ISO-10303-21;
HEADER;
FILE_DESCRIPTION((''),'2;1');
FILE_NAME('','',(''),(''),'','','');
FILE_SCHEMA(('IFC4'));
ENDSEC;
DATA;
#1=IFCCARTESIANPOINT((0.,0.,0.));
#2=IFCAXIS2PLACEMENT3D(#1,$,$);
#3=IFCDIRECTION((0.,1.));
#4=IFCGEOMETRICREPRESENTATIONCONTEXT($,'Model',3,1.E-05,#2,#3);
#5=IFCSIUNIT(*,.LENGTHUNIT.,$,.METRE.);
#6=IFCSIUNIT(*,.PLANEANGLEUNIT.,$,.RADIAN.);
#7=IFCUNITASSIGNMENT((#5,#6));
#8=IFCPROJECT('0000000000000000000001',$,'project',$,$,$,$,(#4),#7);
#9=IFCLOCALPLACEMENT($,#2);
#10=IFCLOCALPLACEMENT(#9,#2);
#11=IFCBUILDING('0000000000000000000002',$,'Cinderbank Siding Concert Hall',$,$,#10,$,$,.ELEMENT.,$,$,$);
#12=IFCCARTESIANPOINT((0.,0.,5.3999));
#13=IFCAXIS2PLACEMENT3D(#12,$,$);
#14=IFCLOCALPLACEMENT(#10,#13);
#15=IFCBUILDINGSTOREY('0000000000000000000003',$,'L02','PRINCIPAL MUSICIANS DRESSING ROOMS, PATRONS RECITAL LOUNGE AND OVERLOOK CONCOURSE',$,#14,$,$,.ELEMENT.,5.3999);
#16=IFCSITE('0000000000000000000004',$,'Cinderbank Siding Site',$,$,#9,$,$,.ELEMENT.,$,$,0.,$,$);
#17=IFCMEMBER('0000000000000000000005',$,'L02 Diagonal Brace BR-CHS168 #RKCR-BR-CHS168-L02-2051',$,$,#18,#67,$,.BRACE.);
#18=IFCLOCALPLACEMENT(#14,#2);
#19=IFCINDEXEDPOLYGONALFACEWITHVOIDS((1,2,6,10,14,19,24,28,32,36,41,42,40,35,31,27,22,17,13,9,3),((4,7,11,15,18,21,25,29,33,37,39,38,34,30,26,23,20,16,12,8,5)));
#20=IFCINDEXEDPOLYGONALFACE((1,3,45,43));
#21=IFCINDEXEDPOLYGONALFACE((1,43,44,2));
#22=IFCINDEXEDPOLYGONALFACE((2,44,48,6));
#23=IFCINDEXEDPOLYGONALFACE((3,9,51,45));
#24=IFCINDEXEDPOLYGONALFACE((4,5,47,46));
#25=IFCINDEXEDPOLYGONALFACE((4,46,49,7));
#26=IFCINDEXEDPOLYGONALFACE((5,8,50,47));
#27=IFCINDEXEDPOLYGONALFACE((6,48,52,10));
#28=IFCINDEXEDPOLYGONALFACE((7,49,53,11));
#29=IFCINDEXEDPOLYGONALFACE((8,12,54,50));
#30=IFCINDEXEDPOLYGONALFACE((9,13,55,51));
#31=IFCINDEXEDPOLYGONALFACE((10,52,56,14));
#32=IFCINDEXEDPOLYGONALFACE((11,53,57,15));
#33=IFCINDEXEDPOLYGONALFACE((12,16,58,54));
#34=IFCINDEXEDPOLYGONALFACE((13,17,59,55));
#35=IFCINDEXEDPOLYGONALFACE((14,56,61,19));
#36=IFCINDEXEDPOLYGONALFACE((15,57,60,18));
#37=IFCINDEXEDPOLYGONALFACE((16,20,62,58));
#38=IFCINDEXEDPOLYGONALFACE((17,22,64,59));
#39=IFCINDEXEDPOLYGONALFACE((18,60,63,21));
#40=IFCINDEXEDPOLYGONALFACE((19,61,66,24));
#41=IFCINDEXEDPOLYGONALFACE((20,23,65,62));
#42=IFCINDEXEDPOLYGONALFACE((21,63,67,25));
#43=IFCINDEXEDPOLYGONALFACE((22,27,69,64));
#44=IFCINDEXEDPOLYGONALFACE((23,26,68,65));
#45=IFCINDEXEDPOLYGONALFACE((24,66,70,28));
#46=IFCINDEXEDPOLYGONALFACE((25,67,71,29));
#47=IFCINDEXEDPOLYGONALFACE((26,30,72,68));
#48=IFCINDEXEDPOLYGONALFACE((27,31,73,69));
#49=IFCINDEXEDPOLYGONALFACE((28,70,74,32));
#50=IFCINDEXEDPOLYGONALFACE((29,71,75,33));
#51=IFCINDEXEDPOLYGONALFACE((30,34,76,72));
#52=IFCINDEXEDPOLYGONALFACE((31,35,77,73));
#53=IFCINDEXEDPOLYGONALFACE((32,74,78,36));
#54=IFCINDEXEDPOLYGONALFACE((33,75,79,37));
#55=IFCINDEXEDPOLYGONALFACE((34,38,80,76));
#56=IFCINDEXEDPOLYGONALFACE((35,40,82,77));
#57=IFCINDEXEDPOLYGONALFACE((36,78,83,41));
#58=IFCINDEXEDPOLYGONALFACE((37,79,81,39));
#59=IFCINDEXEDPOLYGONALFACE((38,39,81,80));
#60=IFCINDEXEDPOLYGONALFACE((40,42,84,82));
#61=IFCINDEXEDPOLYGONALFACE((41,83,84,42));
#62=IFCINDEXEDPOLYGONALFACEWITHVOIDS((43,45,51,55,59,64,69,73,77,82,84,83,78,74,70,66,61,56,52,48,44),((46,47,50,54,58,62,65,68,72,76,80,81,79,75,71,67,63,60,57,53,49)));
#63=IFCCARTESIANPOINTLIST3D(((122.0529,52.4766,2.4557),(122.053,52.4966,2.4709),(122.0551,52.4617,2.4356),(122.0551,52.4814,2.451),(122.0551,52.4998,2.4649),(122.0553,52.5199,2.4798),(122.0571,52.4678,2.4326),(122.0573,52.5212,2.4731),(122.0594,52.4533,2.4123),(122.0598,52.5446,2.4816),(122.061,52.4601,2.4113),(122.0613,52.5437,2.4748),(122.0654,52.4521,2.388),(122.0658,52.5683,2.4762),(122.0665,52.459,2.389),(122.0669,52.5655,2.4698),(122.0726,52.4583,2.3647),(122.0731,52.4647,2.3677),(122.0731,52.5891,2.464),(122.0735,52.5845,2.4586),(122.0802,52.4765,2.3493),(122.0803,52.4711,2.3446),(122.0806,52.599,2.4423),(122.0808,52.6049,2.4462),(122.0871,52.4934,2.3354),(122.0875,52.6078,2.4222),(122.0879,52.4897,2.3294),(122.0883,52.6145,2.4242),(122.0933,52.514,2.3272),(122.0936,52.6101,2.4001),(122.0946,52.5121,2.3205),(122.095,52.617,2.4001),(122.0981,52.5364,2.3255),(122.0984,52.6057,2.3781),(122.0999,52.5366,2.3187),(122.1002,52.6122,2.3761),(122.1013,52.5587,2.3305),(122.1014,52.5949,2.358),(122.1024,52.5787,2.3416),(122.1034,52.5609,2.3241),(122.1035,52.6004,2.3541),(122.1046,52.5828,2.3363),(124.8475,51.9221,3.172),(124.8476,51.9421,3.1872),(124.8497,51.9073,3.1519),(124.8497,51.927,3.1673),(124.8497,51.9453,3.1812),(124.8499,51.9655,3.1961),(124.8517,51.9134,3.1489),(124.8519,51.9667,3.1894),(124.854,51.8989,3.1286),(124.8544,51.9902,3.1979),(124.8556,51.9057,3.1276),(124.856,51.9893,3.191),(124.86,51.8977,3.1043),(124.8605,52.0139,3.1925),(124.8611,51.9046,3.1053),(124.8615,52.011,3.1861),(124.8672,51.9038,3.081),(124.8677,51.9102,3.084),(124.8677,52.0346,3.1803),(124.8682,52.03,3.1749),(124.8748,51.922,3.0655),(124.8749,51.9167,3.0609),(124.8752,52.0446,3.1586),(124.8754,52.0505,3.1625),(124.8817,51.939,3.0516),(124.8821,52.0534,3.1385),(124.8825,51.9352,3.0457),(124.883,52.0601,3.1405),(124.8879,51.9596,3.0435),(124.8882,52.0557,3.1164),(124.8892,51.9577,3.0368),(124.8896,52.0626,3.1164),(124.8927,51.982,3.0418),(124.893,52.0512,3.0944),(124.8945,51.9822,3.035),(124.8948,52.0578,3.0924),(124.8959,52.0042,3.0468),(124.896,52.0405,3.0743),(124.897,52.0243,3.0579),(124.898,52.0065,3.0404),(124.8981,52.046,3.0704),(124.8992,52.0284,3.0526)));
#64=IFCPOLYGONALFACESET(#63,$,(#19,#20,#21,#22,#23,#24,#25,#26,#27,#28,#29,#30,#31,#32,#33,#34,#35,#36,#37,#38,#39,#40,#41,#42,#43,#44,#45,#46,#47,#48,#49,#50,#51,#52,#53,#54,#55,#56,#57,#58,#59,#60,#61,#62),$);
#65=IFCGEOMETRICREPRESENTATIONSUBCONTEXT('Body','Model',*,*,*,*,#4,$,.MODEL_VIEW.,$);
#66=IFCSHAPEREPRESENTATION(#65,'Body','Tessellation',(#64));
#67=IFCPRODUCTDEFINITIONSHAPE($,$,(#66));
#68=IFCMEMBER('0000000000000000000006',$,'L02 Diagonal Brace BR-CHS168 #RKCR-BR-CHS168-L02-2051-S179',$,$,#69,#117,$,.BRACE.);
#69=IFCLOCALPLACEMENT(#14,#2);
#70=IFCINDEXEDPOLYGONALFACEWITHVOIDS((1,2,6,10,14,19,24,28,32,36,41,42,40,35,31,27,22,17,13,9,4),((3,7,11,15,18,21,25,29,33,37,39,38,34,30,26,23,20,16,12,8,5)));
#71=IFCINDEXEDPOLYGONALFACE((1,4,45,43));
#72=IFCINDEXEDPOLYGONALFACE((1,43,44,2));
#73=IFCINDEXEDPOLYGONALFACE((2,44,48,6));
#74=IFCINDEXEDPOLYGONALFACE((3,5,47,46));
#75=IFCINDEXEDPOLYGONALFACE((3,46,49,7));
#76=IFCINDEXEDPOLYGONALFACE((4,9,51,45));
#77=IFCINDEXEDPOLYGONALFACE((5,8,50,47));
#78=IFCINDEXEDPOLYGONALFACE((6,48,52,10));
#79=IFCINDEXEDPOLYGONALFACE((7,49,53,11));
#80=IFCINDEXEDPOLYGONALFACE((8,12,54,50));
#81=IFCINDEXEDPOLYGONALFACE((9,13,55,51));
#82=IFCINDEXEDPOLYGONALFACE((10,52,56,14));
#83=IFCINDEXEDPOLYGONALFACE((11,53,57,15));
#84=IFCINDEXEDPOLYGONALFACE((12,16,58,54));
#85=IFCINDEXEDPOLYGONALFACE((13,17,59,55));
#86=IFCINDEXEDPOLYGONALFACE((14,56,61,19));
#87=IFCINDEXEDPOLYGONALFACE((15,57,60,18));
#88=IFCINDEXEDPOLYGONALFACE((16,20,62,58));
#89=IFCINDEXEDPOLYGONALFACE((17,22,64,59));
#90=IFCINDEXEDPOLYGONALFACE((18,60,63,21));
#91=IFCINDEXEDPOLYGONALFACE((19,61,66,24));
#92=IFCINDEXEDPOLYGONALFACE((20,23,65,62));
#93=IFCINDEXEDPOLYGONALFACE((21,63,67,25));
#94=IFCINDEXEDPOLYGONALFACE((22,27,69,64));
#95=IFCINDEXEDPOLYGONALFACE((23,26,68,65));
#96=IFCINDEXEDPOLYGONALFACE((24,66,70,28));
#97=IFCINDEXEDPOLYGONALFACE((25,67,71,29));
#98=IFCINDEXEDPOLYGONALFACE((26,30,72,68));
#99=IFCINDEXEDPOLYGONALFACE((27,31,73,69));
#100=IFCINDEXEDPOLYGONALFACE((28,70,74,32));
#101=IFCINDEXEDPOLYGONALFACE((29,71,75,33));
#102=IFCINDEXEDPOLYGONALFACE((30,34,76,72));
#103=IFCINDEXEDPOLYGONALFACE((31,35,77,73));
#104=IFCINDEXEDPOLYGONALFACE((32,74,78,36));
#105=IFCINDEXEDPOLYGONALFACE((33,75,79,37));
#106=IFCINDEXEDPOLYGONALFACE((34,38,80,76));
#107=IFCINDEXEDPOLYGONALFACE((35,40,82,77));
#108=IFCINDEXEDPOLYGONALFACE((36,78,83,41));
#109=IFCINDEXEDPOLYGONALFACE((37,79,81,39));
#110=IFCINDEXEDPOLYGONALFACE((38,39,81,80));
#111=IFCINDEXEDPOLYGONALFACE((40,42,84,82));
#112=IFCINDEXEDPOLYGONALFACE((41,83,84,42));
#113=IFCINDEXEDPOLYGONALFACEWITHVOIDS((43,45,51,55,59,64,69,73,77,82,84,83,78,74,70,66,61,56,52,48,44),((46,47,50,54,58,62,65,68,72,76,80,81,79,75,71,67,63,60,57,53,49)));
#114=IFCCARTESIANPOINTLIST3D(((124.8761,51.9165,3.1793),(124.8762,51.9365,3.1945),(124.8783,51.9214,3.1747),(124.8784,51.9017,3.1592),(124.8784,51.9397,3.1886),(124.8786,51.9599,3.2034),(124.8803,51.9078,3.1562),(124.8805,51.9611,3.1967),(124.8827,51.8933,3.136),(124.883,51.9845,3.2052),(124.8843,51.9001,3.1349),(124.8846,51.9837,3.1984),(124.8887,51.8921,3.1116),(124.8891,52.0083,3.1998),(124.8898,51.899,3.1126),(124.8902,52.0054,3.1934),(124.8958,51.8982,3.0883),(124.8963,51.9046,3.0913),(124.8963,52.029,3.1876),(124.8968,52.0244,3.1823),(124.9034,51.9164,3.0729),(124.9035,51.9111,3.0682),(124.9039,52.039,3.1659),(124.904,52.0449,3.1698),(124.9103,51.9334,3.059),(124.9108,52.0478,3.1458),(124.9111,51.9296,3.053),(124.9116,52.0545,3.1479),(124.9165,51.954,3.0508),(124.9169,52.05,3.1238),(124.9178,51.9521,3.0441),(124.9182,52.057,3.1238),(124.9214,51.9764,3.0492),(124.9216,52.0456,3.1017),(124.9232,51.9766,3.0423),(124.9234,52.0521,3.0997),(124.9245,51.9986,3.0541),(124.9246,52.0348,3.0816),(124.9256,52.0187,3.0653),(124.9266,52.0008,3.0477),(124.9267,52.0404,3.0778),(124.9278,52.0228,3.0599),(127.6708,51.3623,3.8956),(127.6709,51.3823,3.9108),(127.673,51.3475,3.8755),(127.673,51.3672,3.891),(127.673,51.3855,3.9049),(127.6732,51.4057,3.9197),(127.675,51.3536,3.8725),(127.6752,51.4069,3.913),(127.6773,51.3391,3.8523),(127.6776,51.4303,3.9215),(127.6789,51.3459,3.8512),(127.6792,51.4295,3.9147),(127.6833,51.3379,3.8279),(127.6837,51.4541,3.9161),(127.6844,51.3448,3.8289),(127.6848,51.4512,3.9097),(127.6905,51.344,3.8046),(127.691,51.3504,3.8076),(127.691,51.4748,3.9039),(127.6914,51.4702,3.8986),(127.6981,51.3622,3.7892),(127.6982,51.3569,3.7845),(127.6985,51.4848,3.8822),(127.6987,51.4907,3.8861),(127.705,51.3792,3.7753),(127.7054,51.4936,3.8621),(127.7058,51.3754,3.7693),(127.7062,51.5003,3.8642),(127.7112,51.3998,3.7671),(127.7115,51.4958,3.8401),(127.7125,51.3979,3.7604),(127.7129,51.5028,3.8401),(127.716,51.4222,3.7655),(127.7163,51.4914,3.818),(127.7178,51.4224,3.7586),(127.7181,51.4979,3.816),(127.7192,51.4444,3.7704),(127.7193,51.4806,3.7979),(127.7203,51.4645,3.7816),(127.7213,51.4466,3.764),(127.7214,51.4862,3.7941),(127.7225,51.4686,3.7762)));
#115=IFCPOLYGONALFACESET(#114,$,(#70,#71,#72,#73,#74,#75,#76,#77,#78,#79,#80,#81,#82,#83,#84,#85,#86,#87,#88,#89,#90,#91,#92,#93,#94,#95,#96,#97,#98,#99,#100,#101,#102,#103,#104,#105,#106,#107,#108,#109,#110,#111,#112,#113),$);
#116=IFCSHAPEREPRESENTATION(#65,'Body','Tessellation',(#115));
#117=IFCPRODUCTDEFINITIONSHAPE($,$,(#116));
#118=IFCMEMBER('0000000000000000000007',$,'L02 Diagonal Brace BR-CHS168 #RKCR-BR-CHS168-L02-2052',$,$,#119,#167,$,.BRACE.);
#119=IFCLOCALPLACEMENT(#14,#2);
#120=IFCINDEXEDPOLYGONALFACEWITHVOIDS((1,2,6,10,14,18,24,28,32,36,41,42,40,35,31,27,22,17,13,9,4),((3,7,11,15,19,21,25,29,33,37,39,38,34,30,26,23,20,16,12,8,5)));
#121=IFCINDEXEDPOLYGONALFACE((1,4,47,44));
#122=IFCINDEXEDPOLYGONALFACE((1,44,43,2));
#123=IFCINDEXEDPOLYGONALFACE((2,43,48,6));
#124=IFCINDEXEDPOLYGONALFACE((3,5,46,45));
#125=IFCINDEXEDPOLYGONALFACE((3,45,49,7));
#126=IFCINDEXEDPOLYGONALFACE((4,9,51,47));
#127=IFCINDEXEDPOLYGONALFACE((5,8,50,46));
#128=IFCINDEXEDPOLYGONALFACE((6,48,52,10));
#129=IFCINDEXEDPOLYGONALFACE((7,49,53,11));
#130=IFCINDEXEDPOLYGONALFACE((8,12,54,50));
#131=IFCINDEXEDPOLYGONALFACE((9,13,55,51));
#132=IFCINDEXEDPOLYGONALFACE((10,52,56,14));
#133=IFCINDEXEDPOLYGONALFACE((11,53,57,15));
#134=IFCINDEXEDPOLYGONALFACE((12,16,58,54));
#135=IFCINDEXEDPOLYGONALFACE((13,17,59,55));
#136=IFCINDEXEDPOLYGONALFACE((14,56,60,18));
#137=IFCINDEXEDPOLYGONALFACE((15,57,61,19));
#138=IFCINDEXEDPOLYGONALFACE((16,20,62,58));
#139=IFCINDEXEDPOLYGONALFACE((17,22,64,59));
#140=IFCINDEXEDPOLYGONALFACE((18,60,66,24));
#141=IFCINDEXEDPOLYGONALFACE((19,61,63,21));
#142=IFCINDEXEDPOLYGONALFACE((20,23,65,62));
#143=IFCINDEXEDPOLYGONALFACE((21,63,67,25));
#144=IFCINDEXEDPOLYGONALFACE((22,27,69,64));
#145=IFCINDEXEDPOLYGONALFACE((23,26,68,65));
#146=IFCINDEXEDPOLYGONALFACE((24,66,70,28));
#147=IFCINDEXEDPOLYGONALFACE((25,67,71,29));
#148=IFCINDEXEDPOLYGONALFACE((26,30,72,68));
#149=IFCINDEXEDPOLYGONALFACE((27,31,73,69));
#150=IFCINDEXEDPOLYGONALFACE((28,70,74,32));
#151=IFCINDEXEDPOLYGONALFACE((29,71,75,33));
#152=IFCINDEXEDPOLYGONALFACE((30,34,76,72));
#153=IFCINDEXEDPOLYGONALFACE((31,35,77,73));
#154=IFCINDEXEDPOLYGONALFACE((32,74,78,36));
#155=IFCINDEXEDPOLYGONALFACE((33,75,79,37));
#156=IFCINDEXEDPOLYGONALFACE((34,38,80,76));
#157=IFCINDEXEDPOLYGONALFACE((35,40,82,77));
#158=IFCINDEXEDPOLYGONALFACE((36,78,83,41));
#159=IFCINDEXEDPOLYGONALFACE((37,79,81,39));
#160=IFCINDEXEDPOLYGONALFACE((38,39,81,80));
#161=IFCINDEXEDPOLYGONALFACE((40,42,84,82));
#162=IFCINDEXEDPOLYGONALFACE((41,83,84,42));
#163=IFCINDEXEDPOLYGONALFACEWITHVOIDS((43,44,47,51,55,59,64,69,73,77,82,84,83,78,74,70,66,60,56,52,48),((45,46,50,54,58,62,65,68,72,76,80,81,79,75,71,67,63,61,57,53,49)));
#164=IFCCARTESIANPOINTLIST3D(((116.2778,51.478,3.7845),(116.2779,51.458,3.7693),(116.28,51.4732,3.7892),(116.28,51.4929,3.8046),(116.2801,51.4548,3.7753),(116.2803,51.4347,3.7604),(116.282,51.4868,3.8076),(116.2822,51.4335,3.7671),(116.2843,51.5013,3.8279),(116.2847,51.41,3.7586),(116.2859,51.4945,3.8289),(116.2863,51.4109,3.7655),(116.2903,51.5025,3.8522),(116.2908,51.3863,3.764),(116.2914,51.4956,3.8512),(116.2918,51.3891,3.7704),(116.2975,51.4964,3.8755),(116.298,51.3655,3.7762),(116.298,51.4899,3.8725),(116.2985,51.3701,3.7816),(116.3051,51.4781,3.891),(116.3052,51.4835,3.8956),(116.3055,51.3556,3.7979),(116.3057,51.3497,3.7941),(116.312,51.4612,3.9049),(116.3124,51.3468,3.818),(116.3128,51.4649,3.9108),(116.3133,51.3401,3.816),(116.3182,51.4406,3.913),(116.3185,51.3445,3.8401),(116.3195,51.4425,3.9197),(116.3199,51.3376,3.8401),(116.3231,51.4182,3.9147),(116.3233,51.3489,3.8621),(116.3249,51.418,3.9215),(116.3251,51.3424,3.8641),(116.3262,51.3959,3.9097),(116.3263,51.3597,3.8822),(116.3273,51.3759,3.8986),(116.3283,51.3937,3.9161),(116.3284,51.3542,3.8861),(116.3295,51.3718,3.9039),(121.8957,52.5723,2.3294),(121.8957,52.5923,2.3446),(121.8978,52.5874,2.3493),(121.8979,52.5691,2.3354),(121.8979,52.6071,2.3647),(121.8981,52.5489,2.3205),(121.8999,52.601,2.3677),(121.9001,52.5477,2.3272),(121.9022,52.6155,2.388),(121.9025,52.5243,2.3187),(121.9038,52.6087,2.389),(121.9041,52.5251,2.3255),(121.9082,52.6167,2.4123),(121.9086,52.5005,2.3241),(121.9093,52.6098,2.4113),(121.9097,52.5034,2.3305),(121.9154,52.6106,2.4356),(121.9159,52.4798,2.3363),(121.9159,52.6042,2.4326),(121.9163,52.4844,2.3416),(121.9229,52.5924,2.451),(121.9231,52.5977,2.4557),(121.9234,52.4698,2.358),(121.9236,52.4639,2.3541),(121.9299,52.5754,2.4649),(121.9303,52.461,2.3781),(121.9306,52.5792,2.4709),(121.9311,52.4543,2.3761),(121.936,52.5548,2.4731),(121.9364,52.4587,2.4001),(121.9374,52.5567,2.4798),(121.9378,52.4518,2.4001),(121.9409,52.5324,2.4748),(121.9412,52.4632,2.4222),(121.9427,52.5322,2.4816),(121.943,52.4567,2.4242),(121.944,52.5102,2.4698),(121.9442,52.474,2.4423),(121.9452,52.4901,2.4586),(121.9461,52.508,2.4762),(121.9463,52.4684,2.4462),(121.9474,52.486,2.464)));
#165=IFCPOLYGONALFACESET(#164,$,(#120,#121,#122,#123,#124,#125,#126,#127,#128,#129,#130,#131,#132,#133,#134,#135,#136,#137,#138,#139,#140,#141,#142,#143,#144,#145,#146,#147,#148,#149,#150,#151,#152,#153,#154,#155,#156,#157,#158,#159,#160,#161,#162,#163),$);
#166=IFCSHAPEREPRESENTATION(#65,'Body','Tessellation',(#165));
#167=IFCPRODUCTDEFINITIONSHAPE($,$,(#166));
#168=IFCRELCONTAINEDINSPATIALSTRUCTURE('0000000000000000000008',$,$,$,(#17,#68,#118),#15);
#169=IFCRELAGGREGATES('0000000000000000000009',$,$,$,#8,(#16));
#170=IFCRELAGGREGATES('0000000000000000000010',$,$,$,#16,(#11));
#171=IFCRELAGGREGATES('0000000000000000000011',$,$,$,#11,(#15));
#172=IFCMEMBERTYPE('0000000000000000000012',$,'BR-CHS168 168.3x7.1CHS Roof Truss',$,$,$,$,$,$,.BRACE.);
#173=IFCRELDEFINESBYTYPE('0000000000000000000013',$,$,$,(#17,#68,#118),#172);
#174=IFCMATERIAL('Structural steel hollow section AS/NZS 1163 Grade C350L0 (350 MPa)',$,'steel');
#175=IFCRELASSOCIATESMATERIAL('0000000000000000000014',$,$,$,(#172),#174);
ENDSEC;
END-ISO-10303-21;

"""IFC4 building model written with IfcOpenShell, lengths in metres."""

from ifc_helpers import new_model, si_unit, direction, frame, origin, origin_2d, place, context, subcontext, project, spatial, hollow_circle, extrude, material, material_profile, profile_set, type_object, element, save


model = new_model("IFC4")

# Units and contexts
model_context = context("Model", 3, precision=1e-05, world=origin(), true_north=direction((0.0, 1.0)))
body_context = subcontext(model_context, "Body", "Model", "MODEL_VIEW")
ifc_project = project(units=[si_unit("LENGTHUNIT", "METRE"), si_unit("PLANEANGLEUNIT", "RADIAN")], contexts=[model_context])

# Site, building, storey
site_placement = place(None, origin())
site = spatial("IfcSite", under=ifc_project, at=site_placement, Name="Cinderbank Siding Site", CompositionType="ELEMENT", RefElevation=0.0)
building_placement = place(site_placement, origin())
building = spatial("IfcBuilding", under=site, at=building_placement, Name="Cinderbank Siding Concert Hall", CompositionType="ELEMENT")
storey_placement = place(building_placement, frame((0.0, 0.0, 5.3999)))
storey = spatial("IfcBuildingStorey", under=building, at=storey_placement, Name="L02", Description="PRINCIPAL MUSICIANS DRESSING ROOMS, PATRONS RECITAL LOUNGE AND OVERLOOK CONCOURSE", CompositionType="ELEMENT", Elevation=5.3999)

# Shared definitions
ifc_material_1 = material(Name="Structural steel hollow section AS/NZS 1163 Grade C350L0 (350 MPa)", Category="steel")

# Members
ifc_material_profile_1 = material_profile(ifc_material_1, hollow_circle(Radius=0.0842, WallThickness=0.0071, at=origin_2d()), Name="168.3x7.1CHS", Category="LoadBearing")
ifc_profile_set_1 = profile_set([ifc_material_profile_1], Name="Structural steel hollow section AS/NZS 1163 Grade C350L0 (350 MPa)")
member_type_1 = type_object("IfcMemberType", Name="BR-CHS168 168.3x7.1CHS Roof Truss", PredefinedType="BRACE", material=ifc_profile_set_1)
for number, where, z_axis, x_axis, name in (
    (1, (122.0786, 52.5344, 2.4001), (0.951279, -0.188727, 0.243824), (0.1946, 0.980883, 0.0), "L02 Diagonal Brace BR-CHS168 #RKCR-BR-CHS168-L02-2051"),
    (2, (124.9019, 51.9744, 3.1238), (0.951294, -0.188647, 0.243828), (0.194517, 0.980899, 0.0), "L02 Diagonal Brace BR-CHS168 #RKCR-BR-CHS168-L02-2051-S179"),
):
    element("IfcMember", number, at=place(storey_placement, frame(where, z_axis=z_axis, x_axis=x_axis)), inside=storey, type_object=member_type_1, Name=name, PredefinedType="BRACE", context=body_context, shape_type="SweptSolid", body=[
        extrude(hollow_circle(Radius=0.0842, WallThickness=0.0071, at=origin_2d()), origin(), (0.0, 0.0, 1.0), 2.9377),
    ])
member_1_placement = place(storey_placement, frame((121.9214, 52.5344, 2.4001), z_axis=(-0.951288, -0.188678, 0.243827), x_axis=(0.19455, -0.980893, 0.0)))
element("IfcMember", 3, at=member_1_placement, inside=storey, type_object=member_type_1, Name="L02 Diagonal Brace BR-CHS168 #RKCR-BR-CHS168-L02-2052", PredefinedType="BRACE", context=body_context, shape_type="SweptSolid", body=[
    extrude(hollow_circle(Radius=0.0842, WallThickness=0.0071, at=origin_2d()), origin(), (0.0, 0.0, 1.0), 5.9055),
])

save(model, "model.ifc")
